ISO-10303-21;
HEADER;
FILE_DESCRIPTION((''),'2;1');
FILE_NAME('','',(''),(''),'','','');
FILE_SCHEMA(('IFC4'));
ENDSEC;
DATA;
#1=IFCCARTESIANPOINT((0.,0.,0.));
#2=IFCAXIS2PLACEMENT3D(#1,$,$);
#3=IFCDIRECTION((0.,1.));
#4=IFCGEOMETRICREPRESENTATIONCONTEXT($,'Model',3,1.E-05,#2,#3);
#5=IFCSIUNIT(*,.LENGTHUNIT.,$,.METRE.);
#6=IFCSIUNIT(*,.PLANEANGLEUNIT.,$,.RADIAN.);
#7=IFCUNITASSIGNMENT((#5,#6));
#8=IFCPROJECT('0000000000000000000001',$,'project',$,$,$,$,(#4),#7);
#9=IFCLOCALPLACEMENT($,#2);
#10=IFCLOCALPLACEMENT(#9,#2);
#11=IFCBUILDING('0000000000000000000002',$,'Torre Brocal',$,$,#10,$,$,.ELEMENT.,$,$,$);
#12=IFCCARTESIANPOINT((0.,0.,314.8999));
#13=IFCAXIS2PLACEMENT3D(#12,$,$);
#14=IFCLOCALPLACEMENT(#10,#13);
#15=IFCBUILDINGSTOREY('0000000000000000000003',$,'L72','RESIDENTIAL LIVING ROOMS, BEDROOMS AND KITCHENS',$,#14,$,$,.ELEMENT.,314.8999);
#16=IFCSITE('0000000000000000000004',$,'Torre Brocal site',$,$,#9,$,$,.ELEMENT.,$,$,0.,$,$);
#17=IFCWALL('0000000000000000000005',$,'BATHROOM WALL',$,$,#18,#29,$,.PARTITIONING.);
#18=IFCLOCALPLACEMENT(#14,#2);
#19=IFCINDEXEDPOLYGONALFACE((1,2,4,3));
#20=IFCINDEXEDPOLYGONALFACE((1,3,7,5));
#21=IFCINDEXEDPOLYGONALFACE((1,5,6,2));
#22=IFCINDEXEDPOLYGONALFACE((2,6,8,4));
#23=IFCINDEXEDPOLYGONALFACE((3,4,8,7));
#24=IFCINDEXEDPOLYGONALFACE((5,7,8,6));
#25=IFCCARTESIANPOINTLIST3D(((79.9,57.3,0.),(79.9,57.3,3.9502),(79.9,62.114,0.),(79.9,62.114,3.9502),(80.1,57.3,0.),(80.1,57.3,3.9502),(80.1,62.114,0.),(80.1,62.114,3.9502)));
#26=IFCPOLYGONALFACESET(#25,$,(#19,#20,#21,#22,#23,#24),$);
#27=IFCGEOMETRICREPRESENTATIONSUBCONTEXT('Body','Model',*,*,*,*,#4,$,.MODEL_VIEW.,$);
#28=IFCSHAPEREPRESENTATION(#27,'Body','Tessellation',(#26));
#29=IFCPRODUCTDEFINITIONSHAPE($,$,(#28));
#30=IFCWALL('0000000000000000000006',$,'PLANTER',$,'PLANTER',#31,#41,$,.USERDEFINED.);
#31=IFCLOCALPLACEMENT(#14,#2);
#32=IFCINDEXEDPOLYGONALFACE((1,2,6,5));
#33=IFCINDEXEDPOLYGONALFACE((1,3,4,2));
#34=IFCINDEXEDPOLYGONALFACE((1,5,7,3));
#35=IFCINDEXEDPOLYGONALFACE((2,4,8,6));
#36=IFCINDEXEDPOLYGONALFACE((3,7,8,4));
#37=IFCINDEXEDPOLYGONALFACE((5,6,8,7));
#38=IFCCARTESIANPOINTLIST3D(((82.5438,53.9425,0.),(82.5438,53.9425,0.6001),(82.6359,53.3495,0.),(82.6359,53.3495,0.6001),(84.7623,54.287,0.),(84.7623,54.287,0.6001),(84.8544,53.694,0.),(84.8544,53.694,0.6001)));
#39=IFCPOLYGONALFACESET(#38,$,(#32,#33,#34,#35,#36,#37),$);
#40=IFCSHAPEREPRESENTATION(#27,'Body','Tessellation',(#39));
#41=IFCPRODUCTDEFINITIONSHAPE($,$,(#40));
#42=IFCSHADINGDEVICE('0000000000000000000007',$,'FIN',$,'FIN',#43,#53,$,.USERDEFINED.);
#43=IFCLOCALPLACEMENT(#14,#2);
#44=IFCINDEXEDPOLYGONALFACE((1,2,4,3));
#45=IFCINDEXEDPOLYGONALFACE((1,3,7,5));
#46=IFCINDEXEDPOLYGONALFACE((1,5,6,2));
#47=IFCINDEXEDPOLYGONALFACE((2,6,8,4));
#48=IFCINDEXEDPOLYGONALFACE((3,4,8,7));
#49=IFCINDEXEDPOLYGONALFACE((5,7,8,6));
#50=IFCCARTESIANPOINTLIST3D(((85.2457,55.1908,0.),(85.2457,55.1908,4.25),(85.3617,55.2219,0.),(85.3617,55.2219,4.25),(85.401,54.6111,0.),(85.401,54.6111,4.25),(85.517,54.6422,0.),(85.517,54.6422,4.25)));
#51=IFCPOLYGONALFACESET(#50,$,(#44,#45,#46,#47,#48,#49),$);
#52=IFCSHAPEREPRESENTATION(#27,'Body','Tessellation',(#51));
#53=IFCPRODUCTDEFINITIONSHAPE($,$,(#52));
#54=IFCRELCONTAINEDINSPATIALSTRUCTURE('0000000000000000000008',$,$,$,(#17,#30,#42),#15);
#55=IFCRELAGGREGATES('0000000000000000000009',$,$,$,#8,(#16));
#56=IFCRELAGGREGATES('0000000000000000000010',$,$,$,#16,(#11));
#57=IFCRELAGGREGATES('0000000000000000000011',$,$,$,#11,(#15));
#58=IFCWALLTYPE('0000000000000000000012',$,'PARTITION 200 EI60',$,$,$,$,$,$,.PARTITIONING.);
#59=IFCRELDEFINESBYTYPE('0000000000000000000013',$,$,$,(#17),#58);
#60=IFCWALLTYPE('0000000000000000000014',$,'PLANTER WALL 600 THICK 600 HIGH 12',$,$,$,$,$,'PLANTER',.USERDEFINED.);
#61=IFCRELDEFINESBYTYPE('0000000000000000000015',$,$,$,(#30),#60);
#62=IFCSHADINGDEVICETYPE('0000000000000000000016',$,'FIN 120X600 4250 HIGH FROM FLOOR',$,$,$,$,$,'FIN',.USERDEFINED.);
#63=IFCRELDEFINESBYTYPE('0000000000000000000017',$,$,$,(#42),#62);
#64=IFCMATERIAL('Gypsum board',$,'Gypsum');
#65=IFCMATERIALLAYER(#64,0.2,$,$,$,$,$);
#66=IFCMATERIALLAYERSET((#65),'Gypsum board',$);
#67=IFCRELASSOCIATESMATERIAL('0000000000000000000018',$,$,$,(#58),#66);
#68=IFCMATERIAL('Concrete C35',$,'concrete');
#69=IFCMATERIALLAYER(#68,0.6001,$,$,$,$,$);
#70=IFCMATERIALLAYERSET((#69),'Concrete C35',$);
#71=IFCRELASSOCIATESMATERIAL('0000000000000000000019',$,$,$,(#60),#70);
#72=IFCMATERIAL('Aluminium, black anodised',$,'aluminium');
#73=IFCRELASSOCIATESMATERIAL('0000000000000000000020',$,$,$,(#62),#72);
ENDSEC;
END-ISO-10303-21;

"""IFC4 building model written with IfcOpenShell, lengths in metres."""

from ifc_helpers import new_model, si_unit, direction, frame, frame_2d, origin, origin_2d, place, context, subcontext, project, spatial, rectangle, extrude, material, layer, layer_set, material_profile, profile_set, type_object, element, save


model = new_model("IFC4")

# Units and contexts
model_context = context("Model", 3, precision=1e-05, world=origin(), true_north=direction((0.0, 1.0)))
body_context = subcontext(model_context, "Body", "Model", "MODEL_VIEW")
ifc_project = project(units=[si_unit("LENGTHUNIT", "METRE"), si_unit("PLANEANGLEUNIT", "RADIAN")], contexts=[model_context])

# Site, building, storey
site_placement = place(None, origin())
site = spatial("IfcSite", under=ifc_project, at=site_placement, Name="Torre Brocal site", CompositionType="ELEMENT", RefElevation=0.0)
building_placement = place(site_placement, origin())
building = spatial("IfcBuilding", under=site, at=building_placement, Name="Torre Brocal", CompositionType="ELEMENT")
storey_placement = place(building_placement, frame((0.0, 0.0, 314.8999)))
storey = spatial("IfcBuildingStorey", under=building, at=storey_placement, Name="L72", Description="RESIDENTIAL LIVING ROOMS, BEDROOMS AND KITCHENS", CompositionType="ELEMENT", Elevation=314.8999)

# Walls
ifc_material_1 = material(Name="Gypsum board", Category="Gypsum")
ifc_layer_1 = layer(ifc_material_1, 0.2)
ifc_layer_set_1 = layer_set([ifc_layer_1], Name="Gypsum board")
wall_type_1 = type_object("IfcWallType", Name="PARTITION 200 EI60", PredefinedType="PARTITIONING", material=ifc_layer_set_1)
wall_1_placement = place(storey_placement, frame((80.0, 57.3, 0.0), z_axis=(0.0, 0.0, 1.0), x_axis=(0.0, 1.0, 0.0)))
element("IfcWall", 1, at=wall_1_placement, inside=storey, type_object=wall_type_1, Name="BATHROOM WALL", PredefinedType="PARTITIONING", context=body_context, shape_type="SweptSolid", body=[
    extrude(rectangle(XDim=4.814, YDim=0.2, at=frame_2d((2.407, 0.0))), origin(), (0.0, 0.0, 1.0), 3.9502),
])
ifc_material_2 = material(Name="Concrete C35", Category="concrete")
ifc_layer_2 = layer(ifc_material_2, 0.6001)
ifc_layer_set_2 = layer_set([ifc_layer_2], Name="Concrete C35")
wall_type_2 = type_object("IfcWallType", Name="PLANTER WALL 600 THICK 600 HIGH 12", ElementType="PLANTER", PredefinedType="USERDEFINED", material=ifc_layer_set_2)
wall_2_placement = place(storey_placement, frame((82.5898, 53.646, 0.0), z_axis=(0.0, 0.0, 1.0), x_axis=(0.988158, 0.153438, 0.0)))
element("IfcWall", 2, at=wall_2_placement, inside=storey, type_object=wall_type_2, Name="PLANTER", ObjectType="PLANTER", PredefinedType="USERDEFINED", context=body_context, shape_type="SweptSolid", body=[
    extrude(rectangle(XDim=2.2451, YDim=0.6001, at=frame_2d((1.1226, 0.0))), origin(), (0.0, 0.0, 1.0), 0.6001),
])

# Shading device
ifc_material_3 = material(Name="Aluminium, black anodised", Category="aluminium")
ifc_material_profile_1 = material_profile(ifc_material_3, rectangle(XDim=0.1201, YDim=0.6001, at=origin_2d()), Name="FIN 120X600 4250 HIGH FROM FLOOR")
ifc_profile_set_1 = profile_set([ifc_material_profile_1], Name="Aluminium, black anodised")
shading_device_type = type_object("IfcShadingDeviceType", Name="FIN 120X600 4250 HIGH FROM FLOOR", ElementType="FIN", PredefinedType="USERDEFINED", material=ifc_profile_set_1)
shading_device_placement = place(storey_placement, frame((85.3813, 54.9165, 0.0), z_axis=(0.0, 0.0, 1.0), x_axis=(0.965926, 0.258819, 0.0)))
element("IfcShadingDevice", 3, at=shading_device_placement, inside=storey, type_object=shading_device_type, Name="FIN", ObjectType="FIN", PredefinedType="USERDEFINED", context=body_context, shape_type="SweptSolid", body=[
    extrude(rectangle(XDim=0.1201, YDim=0.6001, at=origin_2d()), origin(), (0.0, 0.0, 1.0), 4.25),
])

save(model, "model.ifc")
